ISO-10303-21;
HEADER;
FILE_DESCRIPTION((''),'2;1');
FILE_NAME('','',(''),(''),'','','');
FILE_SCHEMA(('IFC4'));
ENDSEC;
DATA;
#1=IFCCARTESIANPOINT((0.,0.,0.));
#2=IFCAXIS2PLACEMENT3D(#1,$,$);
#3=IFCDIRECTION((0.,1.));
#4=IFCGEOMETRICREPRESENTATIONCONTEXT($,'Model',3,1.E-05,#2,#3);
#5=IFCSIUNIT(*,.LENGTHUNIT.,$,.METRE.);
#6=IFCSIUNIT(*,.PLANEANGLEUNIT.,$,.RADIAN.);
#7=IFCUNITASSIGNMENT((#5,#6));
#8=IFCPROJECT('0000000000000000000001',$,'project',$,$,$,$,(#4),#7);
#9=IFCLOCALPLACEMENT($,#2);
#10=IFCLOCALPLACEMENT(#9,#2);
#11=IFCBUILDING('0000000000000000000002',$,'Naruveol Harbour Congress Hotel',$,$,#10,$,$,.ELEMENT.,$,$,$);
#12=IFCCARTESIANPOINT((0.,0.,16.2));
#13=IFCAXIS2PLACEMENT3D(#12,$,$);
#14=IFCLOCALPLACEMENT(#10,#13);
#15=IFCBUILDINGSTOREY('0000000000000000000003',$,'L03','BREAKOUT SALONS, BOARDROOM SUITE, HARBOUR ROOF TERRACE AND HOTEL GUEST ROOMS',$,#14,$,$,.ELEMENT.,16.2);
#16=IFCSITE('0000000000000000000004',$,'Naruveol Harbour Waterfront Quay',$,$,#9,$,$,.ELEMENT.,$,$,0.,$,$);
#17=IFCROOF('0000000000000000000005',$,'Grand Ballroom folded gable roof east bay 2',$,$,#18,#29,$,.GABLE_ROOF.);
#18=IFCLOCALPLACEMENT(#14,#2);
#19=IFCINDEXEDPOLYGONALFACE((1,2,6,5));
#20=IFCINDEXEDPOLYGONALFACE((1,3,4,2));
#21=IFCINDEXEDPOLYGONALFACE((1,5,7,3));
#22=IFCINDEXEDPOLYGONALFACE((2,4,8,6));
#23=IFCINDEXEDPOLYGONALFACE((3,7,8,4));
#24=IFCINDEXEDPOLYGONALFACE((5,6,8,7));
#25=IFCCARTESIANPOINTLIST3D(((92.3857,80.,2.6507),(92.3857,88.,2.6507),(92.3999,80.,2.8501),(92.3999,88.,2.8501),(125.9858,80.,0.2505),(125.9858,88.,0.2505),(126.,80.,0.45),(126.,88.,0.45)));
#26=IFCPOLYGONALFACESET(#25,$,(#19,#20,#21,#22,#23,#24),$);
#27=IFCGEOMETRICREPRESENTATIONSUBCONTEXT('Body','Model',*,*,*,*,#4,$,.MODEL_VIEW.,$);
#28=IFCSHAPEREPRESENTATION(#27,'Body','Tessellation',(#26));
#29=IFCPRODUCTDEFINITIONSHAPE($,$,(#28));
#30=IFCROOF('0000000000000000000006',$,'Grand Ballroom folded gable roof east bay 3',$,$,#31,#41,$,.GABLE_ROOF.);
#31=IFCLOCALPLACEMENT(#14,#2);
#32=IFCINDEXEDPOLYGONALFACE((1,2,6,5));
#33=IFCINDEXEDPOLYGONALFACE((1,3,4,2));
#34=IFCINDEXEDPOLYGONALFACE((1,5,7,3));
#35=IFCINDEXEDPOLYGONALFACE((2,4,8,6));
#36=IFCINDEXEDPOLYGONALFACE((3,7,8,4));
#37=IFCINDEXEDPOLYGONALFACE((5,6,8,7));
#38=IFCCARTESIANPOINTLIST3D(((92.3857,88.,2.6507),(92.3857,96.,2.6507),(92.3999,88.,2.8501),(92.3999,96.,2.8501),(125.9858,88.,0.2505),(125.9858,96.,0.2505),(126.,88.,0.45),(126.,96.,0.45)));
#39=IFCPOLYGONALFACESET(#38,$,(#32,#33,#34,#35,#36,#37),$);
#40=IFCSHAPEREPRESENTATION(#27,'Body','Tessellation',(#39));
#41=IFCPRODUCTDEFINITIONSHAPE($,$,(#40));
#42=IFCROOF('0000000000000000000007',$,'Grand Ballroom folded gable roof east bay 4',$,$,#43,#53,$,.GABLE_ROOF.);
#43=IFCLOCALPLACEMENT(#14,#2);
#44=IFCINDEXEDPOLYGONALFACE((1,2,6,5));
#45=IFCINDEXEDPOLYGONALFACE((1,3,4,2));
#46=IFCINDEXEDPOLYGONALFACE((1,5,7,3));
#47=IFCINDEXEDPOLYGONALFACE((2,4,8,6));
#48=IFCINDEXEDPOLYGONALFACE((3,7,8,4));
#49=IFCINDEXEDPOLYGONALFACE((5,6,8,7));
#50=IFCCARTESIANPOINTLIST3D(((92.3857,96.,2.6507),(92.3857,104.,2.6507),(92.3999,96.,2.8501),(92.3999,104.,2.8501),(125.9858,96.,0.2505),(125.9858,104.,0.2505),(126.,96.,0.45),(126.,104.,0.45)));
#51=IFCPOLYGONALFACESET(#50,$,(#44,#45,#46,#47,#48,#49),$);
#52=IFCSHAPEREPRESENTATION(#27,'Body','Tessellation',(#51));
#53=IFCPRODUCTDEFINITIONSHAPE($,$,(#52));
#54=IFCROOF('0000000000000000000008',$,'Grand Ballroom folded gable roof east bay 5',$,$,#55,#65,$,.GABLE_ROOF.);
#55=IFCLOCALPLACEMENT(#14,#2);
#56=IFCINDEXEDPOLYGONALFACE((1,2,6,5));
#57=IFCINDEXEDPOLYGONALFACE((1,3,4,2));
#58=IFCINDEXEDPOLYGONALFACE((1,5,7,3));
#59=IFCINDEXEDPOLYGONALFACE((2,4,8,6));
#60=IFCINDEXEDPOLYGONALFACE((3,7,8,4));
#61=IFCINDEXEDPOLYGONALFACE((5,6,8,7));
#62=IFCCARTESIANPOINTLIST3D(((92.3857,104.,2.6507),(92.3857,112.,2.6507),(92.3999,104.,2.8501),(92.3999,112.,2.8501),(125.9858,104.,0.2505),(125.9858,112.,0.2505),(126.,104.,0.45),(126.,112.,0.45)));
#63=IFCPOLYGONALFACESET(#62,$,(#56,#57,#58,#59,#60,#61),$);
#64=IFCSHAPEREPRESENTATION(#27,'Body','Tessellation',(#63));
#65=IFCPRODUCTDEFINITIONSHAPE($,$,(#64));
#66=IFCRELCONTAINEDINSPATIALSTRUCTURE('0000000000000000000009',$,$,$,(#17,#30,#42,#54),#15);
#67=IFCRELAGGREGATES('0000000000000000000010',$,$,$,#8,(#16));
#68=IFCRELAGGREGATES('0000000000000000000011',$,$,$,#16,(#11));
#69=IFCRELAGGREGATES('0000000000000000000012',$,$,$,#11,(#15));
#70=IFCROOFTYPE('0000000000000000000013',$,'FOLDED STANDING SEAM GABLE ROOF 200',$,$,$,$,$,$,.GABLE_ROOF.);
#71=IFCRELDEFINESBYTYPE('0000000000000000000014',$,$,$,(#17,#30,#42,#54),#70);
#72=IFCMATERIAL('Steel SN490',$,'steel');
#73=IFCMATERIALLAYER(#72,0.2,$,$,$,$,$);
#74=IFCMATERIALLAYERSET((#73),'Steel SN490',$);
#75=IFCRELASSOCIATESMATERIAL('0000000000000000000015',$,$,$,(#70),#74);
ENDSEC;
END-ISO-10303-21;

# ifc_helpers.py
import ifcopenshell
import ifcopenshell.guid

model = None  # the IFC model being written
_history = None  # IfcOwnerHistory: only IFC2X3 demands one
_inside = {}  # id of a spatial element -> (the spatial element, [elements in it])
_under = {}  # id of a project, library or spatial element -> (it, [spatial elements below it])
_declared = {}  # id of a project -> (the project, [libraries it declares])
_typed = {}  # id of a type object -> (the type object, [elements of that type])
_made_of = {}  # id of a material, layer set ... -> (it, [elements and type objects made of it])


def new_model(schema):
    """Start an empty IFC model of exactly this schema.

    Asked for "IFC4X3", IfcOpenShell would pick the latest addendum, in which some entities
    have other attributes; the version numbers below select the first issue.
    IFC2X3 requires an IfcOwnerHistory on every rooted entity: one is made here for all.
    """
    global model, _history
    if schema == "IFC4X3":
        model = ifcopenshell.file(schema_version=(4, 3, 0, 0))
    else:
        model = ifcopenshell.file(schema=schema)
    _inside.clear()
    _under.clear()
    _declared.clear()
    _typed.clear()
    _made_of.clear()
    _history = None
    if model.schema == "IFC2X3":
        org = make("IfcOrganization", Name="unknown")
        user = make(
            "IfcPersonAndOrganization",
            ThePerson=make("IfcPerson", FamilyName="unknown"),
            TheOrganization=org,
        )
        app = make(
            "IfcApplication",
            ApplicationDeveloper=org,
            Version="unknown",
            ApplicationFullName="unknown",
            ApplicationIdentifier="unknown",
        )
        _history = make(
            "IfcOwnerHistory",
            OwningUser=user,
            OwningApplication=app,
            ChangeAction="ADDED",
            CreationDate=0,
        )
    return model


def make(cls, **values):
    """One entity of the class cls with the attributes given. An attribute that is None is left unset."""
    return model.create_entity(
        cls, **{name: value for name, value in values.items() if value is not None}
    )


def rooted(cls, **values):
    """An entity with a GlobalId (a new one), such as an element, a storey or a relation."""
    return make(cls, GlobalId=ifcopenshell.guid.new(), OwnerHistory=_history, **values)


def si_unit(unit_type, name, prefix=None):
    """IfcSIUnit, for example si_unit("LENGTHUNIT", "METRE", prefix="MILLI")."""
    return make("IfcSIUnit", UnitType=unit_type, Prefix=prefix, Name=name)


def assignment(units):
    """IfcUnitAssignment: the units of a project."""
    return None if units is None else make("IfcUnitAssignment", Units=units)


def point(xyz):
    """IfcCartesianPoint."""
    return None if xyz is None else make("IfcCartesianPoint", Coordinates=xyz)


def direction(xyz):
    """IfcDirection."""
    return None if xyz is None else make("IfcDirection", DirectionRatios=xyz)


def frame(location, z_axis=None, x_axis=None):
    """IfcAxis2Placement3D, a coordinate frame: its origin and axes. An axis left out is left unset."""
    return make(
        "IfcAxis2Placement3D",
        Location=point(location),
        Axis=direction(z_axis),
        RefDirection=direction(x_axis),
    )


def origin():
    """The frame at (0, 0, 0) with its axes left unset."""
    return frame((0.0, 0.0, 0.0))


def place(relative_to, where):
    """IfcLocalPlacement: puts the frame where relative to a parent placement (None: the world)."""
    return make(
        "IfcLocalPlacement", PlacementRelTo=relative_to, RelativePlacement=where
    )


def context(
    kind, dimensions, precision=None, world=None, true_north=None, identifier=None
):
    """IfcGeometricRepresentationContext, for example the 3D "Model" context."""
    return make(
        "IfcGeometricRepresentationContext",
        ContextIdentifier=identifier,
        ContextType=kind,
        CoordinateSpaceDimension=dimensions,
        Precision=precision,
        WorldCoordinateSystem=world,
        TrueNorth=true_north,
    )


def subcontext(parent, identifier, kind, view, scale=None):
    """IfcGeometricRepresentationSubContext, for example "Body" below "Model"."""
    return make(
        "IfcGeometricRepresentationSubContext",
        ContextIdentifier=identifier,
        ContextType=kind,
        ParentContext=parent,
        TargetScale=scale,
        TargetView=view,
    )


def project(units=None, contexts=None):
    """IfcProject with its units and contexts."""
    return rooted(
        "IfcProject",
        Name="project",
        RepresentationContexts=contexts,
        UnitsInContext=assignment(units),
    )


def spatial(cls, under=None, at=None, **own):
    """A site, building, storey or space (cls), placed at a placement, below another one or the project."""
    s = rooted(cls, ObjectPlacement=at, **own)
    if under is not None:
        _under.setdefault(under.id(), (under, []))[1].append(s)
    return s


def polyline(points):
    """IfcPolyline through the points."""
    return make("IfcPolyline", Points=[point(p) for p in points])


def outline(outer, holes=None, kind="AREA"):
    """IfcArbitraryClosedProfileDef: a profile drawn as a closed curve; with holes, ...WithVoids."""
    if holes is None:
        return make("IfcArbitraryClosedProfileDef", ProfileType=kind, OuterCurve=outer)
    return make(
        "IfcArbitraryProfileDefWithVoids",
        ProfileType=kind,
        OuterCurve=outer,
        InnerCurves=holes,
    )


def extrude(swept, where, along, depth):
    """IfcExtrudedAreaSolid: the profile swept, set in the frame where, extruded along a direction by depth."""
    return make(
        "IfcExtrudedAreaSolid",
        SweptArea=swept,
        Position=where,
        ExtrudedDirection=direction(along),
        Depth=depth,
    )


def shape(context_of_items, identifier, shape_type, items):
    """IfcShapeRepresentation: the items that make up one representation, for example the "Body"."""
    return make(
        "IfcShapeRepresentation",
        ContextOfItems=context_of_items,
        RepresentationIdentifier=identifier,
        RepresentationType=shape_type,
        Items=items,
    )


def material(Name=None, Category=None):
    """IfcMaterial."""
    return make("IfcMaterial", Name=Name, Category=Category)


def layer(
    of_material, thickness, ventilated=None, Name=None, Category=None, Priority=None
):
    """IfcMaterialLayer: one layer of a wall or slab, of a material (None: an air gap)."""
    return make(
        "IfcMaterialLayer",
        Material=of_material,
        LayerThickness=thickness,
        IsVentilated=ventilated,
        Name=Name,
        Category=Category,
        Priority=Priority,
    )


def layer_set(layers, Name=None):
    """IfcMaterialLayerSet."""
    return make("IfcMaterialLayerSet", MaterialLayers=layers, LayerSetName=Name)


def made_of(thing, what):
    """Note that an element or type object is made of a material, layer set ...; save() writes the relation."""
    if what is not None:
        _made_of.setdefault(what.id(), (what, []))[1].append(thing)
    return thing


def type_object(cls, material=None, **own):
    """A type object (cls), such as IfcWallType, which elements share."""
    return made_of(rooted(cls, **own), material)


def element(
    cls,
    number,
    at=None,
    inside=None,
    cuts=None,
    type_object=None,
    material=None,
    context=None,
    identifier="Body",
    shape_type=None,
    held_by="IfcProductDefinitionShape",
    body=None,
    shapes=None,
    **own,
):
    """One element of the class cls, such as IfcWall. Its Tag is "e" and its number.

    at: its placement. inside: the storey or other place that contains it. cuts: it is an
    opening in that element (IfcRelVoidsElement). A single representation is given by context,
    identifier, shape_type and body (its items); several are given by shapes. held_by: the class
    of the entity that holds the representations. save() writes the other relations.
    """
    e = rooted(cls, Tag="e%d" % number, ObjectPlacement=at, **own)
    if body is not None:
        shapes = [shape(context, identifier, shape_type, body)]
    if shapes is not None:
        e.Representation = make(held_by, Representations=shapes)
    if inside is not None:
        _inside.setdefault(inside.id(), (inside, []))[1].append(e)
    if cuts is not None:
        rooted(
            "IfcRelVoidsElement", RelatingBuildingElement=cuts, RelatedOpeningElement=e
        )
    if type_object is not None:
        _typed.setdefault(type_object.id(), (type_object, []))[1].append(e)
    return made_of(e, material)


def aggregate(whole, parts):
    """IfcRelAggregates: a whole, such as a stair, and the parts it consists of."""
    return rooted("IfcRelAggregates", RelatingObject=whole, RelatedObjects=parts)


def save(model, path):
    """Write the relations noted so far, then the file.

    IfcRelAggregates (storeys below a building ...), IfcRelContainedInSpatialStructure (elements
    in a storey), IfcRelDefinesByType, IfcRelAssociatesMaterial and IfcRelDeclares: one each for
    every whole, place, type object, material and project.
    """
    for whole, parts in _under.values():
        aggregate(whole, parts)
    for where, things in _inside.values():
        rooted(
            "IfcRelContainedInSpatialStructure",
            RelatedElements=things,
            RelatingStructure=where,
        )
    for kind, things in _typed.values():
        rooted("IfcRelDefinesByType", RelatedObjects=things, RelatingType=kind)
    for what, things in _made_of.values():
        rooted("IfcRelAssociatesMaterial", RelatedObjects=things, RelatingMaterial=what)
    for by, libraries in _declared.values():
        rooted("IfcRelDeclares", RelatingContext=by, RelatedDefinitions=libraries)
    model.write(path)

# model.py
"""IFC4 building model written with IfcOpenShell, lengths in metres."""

from ifc_helpers import new_model, si_unit, direction, frame, origin, place, context, subcontext, project, spatial, polyline, outline, extrude, material, layer, layer_set, type_object, element, save


model = new_model("IFC4")

# Units and contexts
model_context = context("Model", 3, precision=1e-05, world=origin(), true_north=direction((0.0, 1.0)))
body_context = subcontext(model_context, "Body", "Model", "MODEL_VIEW")
ifc_project = project(units=[si_unit("LENGTHUNIT", "METRE"), si_unit("PLANEANGLEUNIT", "RADIAN")], contexts=[model_context])

# Site, building, storey
site_placement = place(None, origin())
site = spatial("IfcSite", under=ifc_project, at=site_placement, Name="Naruveol Harbour Waterfront Quay", CompositionType="ELEMENT", RefElevation=0.0)
building_placement = place(site_placement, origin())
building = spatial("IfcBuilding", under=site, at=building_placement, Name="Naruveol Harbour Congress Hotel", CompositionType="ELEMENT")
storey_placement = place(building_placement, frame((0.0, 0.0, 16.2)))
storey = spatial("IfcBuildingStorey", under=building, at=storey_placement, Name="L03", Description="BREAKOUT SALONS, BOARDROOM SUITE, HARBOUR ROOF TERRACE AND HOTEL GUEST ROOMS", CompositionType="ELEMENT", Elevation=16.2)

# Roofs
ifc_material_1 = material(Name="Steel SN490", Category="steel")
ifc_layer_1 = layer(ifc_material_1, 0.2)
ifc_layer_set_1 = layer_set([ifc_layer_1], Name="Steel SN490")
roof_type = type_object("IfcRoofType", Name="FOLDED STANDING SEAM GABLE ROOF 200", PredefinedType="GABLE_ROOF", material=ifc_layer_set_1)
for number, where, z_axis, x_axis, name in (
    (1, (92.3999, 80.0, 2.8501), (0.071251, 0.0, 0.997458), (0.997458, 0.0, -0.071251), "Grand Ballroom folded gable roof east bay 2"),
    (2, (92.3999, 88.0, 2.8501), (0.071251, 0.0, 0.997458), (0.997458, 0.0, -0.071251), "Grand Ballroom folded gable roof east bay 3"),
    (3, (92.3999, 96.0, 2.8501), (0.071251, 0.0, 0.997458), (0.997458, 0.0, -0.071251), "Grand Ballroom folded gable roof east bay 4"),
    (4, (92.3999, 104.0, 2.8501), (0.071251, 0.0, 0.997458), (0.997458, 0.0, -0.071251), "Grand Ballroom folded gable roof east bay 5"),
):
    element("IfcRoof", number, at=place(storey_placement, frame(where, z_axis=z_axis, x_axis=x_axis)), inside=storey, type_object=roof_type, Name=name, PredefinedType="GABLE_ROOF", context=body_context, shape_type="SweptSolid", body=[
        extrude(outline(polyline([(0.0, 0.0), (33.6857, 0.0), (33.6857, 8.0), (0.0, 8.0), (0.0, 0.0)])), origin(), (0.0, 0.0, -1.0), 0.2),
    ])

save(model, "model.ifc")
